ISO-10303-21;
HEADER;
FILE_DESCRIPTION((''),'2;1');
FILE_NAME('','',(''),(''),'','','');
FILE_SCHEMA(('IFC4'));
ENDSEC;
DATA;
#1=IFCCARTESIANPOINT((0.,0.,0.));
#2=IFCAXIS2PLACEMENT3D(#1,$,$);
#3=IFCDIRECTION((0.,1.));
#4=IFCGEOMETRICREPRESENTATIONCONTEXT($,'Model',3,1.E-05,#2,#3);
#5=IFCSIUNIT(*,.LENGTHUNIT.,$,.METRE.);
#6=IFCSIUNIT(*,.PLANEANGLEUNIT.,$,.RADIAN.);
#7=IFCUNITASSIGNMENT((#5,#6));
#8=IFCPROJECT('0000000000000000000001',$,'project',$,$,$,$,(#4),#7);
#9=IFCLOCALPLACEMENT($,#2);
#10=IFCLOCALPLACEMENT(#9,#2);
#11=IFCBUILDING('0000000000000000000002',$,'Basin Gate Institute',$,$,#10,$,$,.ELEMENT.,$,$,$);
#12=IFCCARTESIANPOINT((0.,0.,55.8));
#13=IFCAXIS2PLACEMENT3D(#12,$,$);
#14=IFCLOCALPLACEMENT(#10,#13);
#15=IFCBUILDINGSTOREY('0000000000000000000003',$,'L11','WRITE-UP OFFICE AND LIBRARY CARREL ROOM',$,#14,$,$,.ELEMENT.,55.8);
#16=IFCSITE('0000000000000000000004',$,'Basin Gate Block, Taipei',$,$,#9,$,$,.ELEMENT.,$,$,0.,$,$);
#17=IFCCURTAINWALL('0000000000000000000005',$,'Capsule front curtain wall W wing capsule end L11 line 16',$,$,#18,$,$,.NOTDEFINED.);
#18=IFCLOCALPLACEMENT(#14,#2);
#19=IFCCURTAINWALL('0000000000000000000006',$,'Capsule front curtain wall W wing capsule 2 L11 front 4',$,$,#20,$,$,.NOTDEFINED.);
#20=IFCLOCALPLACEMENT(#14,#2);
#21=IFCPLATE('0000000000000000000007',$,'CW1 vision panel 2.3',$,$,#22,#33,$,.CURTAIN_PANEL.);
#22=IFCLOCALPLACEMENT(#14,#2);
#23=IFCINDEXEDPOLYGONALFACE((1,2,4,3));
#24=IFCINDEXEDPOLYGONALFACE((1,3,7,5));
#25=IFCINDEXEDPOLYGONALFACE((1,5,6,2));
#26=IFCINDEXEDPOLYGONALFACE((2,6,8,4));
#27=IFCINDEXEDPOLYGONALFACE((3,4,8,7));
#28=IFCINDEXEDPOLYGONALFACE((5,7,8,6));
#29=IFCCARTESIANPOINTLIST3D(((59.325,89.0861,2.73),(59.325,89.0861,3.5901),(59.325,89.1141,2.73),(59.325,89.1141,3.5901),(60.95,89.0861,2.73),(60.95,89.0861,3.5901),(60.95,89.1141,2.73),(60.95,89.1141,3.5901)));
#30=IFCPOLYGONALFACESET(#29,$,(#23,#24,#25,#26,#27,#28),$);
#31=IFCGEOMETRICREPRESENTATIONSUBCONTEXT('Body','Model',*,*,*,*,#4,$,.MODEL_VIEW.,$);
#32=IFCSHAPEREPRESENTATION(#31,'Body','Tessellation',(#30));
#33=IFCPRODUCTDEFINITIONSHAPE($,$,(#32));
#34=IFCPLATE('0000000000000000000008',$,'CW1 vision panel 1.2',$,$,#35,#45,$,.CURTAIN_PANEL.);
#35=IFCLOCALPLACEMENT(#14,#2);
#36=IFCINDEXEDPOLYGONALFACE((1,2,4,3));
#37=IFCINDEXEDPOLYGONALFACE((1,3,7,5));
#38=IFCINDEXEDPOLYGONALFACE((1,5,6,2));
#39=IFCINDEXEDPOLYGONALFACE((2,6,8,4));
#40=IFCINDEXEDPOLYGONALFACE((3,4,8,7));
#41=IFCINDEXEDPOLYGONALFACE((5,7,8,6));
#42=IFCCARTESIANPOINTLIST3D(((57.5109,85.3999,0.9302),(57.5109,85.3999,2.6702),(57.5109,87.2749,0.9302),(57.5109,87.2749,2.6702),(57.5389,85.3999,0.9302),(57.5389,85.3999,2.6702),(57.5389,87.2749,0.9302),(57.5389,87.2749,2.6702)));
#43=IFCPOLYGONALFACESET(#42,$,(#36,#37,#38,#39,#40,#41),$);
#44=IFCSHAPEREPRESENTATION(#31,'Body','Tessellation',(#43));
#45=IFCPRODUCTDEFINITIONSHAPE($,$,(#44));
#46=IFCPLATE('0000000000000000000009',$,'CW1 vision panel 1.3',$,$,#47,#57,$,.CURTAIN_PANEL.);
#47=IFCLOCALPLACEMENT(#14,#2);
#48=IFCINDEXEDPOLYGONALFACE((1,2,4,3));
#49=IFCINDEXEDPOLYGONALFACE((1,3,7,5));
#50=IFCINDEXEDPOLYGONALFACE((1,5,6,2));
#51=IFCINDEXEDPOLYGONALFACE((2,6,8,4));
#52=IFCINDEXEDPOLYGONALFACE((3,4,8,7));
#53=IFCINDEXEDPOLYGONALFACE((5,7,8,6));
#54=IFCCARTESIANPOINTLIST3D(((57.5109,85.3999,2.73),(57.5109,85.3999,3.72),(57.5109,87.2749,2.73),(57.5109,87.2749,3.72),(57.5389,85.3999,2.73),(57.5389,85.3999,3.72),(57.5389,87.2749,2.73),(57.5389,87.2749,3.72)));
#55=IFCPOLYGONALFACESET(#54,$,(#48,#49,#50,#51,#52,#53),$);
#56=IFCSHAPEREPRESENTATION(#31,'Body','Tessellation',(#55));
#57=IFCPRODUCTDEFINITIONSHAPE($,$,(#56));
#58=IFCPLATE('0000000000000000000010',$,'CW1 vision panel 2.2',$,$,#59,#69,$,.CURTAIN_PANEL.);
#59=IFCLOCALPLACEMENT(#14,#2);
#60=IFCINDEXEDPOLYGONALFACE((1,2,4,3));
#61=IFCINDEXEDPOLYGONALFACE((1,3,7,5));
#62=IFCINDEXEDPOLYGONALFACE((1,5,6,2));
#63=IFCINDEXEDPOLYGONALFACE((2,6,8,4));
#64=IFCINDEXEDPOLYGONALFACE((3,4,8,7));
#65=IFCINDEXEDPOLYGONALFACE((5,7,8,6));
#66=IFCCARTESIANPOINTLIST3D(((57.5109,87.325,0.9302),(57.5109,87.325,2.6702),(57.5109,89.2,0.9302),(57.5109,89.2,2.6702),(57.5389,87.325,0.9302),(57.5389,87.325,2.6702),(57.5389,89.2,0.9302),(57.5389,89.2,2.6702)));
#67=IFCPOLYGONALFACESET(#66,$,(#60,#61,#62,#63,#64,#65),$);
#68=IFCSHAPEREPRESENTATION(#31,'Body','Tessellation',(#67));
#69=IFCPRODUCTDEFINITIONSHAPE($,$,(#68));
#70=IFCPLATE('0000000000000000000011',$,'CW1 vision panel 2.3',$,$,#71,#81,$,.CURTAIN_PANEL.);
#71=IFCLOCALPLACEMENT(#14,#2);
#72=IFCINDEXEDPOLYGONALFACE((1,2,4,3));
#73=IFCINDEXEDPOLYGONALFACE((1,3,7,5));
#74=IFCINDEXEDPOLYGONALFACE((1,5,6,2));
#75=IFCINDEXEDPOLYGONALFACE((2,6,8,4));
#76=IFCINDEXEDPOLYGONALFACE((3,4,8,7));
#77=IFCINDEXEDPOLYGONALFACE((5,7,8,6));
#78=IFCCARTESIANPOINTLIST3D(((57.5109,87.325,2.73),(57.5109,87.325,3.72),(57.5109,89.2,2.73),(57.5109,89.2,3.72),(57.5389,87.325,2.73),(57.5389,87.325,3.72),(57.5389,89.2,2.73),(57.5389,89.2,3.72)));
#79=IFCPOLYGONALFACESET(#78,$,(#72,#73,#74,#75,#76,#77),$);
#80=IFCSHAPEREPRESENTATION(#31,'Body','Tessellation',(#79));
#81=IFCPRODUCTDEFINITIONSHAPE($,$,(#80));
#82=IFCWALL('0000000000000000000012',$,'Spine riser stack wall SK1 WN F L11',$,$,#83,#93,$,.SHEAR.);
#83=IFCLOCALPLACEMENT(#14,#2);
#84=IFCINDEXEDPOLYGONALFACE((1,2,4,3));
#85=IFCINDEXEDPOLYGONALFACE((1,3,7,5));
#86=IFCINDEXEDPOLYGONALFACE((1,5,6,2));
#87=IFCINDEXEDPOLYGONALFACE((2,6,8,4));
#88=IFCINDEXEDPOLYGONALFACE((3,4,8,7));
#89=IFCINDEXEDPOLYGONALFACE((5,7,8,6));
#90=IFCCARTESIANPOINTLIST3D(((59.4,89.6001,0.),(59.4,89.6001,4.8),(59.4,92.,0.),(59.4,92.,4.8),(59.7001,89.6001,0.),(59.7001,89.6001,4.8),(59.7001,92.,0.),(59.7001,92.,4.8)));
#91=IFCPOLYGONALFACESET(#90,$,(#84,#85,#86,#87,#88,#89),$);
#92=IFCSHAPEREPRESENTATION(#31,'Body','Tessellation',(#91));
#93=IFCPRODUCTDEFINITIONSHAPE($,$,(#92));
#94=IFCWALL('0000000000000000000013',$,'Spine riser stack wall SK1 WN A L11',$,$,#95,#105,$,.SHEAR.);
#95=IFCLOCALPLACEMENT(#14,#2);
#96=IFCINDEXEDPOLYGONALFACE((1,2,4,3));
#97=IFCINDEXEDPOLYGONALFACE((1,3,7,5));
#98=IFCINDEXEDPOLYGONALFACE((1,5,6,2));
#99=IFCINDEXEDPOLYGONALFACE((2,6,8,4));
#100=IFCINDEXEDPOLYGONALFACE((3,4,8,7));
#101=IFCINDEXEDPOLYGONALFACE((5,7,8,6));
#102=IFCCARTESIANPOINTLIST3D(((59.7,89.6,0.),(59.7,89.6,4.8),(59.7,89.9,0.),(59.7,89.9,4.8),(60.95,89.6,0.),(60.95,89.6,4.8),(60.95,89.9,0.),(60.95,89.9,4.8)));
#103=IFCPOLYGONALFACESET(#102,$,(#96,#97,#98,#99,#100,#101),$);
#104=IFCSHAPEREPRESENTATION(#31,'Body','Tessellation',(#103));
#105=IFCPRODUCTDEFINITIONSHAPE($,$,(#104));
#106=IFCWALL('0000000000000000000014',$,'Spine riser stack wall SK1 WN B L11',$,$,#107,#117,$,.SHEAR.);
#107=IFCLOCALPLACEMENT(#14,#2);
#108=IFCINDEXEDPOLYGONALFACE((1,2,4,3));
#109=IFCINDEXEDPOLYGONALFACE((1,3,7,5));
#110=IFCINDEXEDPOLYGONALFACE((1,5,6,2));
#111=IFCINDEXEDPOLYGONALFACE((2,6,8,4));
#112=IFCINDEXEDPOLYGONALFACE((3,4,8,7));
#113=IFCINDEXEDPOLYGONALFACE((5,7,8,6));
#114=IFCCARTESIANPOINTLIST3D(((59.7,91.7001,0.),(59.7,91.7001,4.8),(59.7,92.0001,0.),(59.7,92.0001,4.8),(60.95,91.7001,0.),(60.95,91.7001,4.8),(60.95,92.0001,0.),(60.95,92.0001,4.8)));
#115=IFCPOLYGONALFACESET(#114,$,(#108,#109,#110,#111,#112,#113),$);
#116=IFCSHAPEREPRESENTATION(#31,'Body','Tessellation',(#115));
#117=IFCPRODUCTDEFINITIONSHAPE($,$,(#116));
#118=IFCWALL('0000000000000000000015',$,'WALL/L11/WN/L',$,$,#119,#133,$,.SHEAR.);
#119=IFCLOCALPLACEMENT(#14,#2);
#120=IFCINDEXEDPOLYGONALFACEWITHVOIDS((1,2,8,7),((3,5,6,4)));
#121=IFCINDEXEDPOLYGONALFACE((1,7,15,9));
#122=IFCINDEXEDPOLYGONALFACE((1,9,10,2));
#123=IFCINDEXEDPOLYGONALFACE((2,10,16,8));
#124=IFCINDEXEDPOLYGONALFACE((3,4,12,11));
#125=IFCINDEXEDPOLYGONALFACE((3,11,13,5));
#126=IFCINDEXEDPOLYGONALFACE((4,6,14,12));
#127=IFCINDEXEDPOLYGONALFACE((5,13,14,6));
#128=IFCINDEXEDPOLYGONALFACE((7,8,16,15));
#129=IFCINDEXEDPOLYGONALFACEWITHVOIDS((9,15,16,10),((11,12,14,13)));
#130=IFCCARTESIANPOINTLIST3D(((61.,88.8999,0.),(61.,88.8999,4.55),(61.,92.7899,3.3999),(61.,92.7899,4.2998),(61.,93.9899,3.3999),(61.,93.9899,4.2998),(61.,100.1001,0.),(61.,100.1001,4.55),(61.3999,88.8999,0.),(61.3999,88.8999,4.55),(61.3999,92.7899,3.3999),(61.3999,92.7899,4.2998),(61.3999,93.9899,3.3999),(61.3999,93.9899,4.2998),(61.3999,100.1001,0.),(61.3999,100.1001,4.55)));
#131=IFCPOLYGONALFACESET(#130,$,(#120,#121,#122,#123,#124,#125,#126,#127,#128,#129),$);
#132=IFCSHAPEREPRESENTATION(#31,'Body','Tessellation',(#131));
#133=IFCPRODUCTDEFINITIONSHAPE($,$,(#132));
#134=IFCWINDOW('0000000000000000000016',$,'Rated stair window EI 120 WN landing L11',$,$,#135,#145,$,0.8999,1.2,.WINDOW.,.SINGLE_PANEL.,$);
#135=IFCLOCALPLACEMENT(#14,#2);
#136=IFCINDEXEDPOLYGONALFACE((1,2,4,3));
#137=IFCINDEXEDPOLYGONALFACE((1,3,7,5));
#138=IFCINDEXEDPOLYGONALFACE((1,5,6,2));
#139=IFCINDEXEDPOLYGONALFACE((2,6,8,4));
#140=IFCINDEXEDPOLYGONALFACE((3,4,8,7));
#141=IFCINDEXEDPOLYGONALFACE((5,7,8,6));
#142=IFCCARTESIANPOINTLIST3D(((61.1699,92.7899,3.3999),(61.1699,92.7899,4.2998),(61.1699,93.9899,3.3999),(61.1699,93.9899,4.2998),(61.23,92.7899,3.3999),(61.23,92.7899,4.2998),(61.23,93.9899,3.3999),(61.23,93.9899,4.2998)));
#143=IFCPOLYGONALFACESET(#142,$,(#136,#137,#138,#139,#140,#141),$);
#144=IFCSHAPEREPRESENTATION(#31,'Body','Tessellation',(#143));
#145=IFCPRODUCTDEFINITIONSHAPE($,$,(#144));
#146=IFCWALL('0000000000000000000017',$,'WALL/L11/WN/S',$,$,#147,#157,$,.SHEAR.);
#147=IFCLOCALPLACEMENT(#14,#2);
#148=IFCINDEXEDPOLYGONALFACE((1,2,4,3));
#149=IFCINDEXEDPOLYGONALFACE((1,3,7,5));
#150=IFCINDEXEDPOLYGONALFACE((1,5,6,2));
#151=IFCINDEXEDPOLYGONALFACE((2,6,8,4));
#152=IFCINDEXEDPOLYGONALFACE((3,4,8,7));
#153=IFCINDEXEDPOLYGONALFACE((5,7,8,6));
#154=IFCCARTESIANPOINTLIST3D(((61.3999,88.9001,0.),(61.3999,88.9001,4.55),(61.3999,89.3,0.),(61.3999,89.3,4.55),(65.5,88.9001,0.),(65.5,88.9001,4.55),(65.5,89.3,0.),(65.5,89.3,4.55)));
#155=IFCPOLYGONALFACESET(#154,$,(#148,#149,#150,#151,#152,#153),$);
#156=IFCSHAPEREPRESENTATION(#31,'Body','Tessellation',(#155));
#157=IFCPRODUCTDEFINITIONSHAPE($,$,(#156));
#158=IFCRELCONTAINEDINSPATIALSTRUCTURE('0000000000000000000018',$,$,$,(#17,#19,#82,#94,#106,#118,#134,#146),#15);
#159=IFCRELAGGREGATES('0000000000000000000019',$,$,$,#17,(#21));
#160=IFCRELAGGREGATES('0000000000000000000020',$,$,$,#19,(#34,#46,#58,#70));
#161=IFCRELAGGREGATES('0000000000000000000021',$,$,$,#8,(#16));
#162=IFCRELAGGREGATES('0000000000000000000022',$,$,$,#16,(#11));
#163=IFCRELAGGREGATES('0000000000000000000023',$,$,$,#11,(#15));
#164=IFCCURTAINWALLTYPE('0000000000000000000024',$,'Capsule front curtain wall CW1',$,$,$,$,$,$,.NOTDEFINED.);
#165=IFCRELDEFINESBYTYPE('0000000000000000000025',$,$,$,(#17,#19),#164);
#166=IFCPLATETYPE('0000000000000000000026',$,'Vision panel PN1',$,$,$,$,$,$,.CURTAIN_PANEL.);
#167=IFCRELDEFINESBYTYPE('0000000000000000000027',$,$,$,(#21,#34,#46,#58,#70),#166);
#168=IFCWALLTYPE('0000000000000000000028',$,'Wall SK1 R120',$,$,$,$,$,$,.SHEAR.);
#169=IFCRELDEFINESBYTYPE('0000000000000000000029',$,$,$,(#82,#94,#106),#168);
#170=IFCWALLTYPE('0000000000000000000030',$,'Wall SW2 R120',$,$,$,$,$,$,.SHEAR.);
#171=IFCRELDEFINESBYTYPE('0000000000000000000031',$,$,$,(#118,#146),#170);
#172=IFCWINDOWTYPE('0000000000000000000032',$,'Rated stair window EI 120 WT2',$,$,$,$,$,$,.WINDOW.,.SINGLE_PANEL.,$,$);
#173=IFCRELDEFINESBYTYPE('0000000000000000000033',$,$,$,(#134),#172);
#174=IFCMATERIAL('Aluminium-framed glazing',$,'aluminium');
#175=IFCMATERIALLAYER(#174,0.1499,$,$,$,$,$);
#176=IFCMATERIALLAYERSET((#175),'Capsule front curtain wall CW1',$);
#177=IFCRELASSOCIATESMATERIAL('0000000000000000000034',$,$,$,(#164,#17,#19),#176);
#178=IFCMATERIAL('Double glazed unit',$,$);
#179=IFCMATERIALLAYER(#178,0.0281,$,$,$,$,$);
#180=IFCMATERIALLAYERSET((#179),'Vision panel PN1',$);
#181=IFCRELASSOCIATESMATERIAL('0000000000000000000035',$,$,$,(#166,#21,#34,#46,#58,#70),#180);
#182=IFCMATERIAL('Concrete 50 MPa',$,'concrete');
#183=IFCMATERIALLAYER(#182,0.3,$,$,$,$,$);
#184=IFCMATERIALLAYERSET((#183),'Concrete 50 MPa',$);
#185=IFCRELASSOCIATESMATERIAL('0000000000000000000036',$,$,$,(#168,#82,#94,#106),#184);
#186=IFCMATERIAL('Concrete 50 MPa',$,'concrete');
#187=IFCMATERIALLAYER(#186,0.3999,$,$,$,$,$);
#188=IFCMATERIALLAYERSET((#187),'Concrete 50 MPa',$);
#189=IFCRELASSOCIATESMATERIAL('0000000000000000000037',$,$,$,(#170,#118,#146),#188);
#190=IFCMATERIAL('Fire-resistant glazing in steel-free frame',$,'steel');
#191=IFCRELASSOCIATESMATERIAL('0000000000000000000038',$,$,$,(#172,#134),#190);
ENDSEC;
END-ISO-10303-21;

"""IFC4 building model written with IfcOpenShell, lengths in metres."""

from ifc_helpers import new_model, si_unit, direction, frame, frame_2d, origin, origin_2d, place, context, subcontext, project, spatial, rectangle, extrude, material, layer, layer_set, type_object, element, fill, aggregate, save


model = new_model("IFC4")

# Units and contexts
model_context = context("Model", 3, precision=1e-05, world=origin(), true_north=direction((0.0, 1.0)))
body_context = subcontext(model_context, "Body", "Model", "MODEL_VIEW")
ifc_project = project(units=[si_unit("LENGTHUNIT", "METRE"), si_unit("PLANEANGLEUNIT", "RADIAN")], contexts=[model_context])

# Site, building, storey
site_placement = place(None, origin())
site = spatial("IfcSite", under=ifc_project, at=site_placement, Name="Basin Gate Block, Taipei", CompositionType="ELEMENT", RefElevation=0.0)
building_placement = place(site_placement, origin())
building = spatial("IfcBuilding", under=site, at=building_placement, Name="Basin Gate Institute", CompositionType="ELEMENT")
storey_placement = place(building_placement, frame((0.0, 0.0, 55.8)))
storey = spatial("IfcBuildingStorey", under=building, at=storey_placement, Name="L11", Description="WRITE-UP OFFICE AND LIBRARY CARREL ROOM", CompositionType="ELEMENT", Elevation=55.8)

# Curtain walls
ifc_material_1 = material(Name="Aluminium-framed glazing", Category="aluminium")
ifc_layer_1 = layer(ifc_material_1, 0.1499)
ifc_layer_set_1 = layer_set([ifc_layer_1], Name="Capsule front curtain wall CW1")
curtain_wall_type = type_object("IfcCurtainWallType", Name="Capsule front curtain wall CW1", PredefinedType="NOTDEFINED", material=ifc_layer_set_1)
curtain_wall_1_placement = place(storey_placement, origin())
curtain_wall_1 = element("IfcCurtainWall", 1, at=curtain_wall_1_placement, inside=storey, type_object=curtain_wall_type, material=ifc_layer_set_1, Name="Capsule front curtain wall W wing capsule end L11 line 16", PredefinedType="NOTDEFINED")
curtain_wall_2_placement = place(storey_placement, origin())
curtain_wall_2 = element("IfcCurtainWall", 2, at=curtain_wall_2_placement, inside=storey, type_object=curtain_wall_type, material=ifc_layer_set_1, Name="Capsule front curtain wall W wing capsule 2 L11 front 4", PredefinedType="NOTDEFINED")

# Plates
ifc_material_2 = material(Name="Double glazed unit")
ifc_layer_2 = layer(ifc_material_2, 0.0281)
ifc_layer_set_2 = layer_set([ifc_layer_2], Name="Vision panel PN1")
plate_type_1 = type_object("IfcPlateType", Name="Vision panel PN1", PredefinedType="CURTAIN_PANEL", material=ifc_layer_set_2)
plate_1_placement = place(storey_placement, frame((60.1375, 89.1001, 2.73), z_axis=(0.0, 0.0, 1.0), x_axis=(1.0, 0.0, 0.0)))
plate_1 = element("IfcPlate", 3, at=plate_1_placement, type_object=plate_type_1, material=ifc_layer_set_2, Name="CW1 vision panel 2.3", PredefinedType="CURTAIN_PANEL", context=body_context, shape_type="SweptSolid", body=[
    extrude(rectangle(XDim=1.625, YDim=0.0281, at=origin_2d()), origin(), (0.0, 0.0, 1.0), 0.8601),
])
aggregate(curtain_wall_1, [plate_1])
plate_2_placement = place(storey_placement, frame((57.5249, 86.3374, 0.9302), z_axis=(0.0, 0.0, 1.0), x_axis=(0.0, 1.0, 0.0)))
plate_2 = element("IfcPlate", 4, at=plate_2_placement, type_object=plate_type_1, material=ifc_layer_set_2, Name="CW1 vision panel 1.2", PredefinedType="CURTAIN_PANEL", context=body_context, shape_type="SweptSolid", body=[
    extrude(rectangle(XDim=1.875, YDim=0.0281, at=origin_2d()), origin(), (0.0, 0.0, 1.0), 1.74),
])
plate_3_placement = place(storey_placement, frame((57.5249, 86.3374, 2.73), z_axis=(0.0, 0.0, 1.0), x_axis=(0.0, 1.0, 0.0)))
plate_3 = element("IfcPlate", 5, at=plate_3_placement, type_object=plate_type_1, material=ifc_layer_set_2, Name="CW1 vision panel 1.3", PredefinedType="CURTAIN_PANEL", context=body_context, shape_type="SweptSolid", body=[
    extrude(rectangle(XDim=1.875, YDim=0.0281, at=origin_2d()), origin(), (0.0, 0.0, 1.0), 0.99),
])
plate_4_placement = place(storey_placement, frame((57.5249, 88.2625, 0.9302), z_axis=(0.0, 0.0, 1.0), x_axis=(0.0, 1.0, 0.0)))
plate_4 = element("IfcPlate", 6, at=plate_4_placement, type_object=plate_type_1, material=ifc_layer_set_2, Name="CW1 vision panel 2.2", PredefinedType="CURTAIN_PANEL", context=body_context, shape_type="SweptSolid", body=[
    extrude(rectangle(XDim=1.875, YDim=0.0281, at=origin_2d()), origin(), (0.0, 0.0, 1.0), 1.74),
])
plate_5_placement = place(storey_placement, frame((57.5249, 88.2625, 2.73), z_axis=(0.0, 0.0, 1.0), x_axis=(0.0, 1.0, 0.0)))
plate_5 = element("IfcPlate", 7, at=plate_5_placement, type_object=plate_type_1, material=ifc_layer_set_2, Name="CW1 vision panel 2.3", PredefinedType="CURTAIN_PANEL", context=body_context, shape_type="SweptSolid", body=[
    extrude(rectangle(XDim=1.875, YDim=0.0281, at=origin_2d()), origin(), (0.0, 0.0, 1.0), 0.99),
])
aggregate(curtain_wall_2, [plate_2, plate_3, plate_4, plate_5])

# Walls
ifc_material_3 = material(Name="Concrete 50 MPa", Category="concrete")
ifc_layer_3 = layer(ifc_material_3, 0.3)
ifc_layer_set_3 = layer_set([ifc_layer_3], Name="Concrete 50 MPa")
wall_type_1 = type_object("IfcWallType", Name="Wall SK1 R120", PredefinedType="SHEAR", material=ifc_layer_set_3)
wall_1_placement = place(storey_placement, frame((59.55, 89.6001, 0.0), z_axis=(0.0, 0.0, 1.0), x_axis=(0.0, 1.0, 0.0)))
element("IfcWall", 8, at=wall_1_placement, inside=storey, type_object=wall_type_1, material=ifc_layer_set_3, Name="Spine riser stack wall SK1 WN F L11", PredefinedType="SHEAR", context=body_context, shape_type="SweptSolid", body=[
    extrude(rectangle(XDim=2.3999, YDim=0.3, at=frame_2d((1.2, 0.0))), origin(), (0.0, 0.0, 1.0), 4.8),
])
for number, where, z_axis, x_axis, name in (
    (9, (60.95, 89.75, 0.0), (0.0, 0.0, 1.0), (-1.0, 0.0, 0.0), "Spine riser stack wall SK1 WN A L11"),
    (10, (60.95, 91.8501, 0.0), (0.0, 0.0, 1.0), (-1.0, 0.0, 0.0), "Spine riser stack wall SK1 WN B L11"),
):
    element("IfcWall", number, at=place(storey_placement, frame(where, z_axis=z_axis, x_axis=x_axis)), inside=storey, type_object=wall_type_1, material=ifc_layer_set_3, Name=name, PredefinedType="SHEAR", context=body_context, shape_type="SweptSolid", body=[
        extrude(rectangle(XDim=1.25, YDim=0.3, at=frame_2d((0.625, 0.0))), origin(), (0.0, 0.0, 1.0), 4.8),
    ])

# Wall, opening, window
ifc_material_4 = material(Name="Concrete 50 MPa", Category="concrete")
ifc_layer_4 = layer(ifc_material_4, 0.3999)
ifc_layer_set_4 = layer_set([ifc_layer_4], Name="Concrete 50 MPa")
wall_type_2 = type_object("IfcWallType", Name="Wall SW2 R120", PredefinedType="SHEAR", material=ifc_layer_set_4)
wall_2_placement = place(storey_placement, frame((61.2, 88.8999, 0.0), z_axis=(0.0, 0.0, 1.0), x_axis=(0.0, 1.0, 0.0)))
wall_2 = element("IfcWall", 11, at=wall_2_placement, inside=storey, type_object=wall_type_2, material=ifc_layer_set_4, Name="WALL/L11/WN/L", PredefinedType="SHEAR", context=body_context, shape_type="SweptSolid", body=[
    extrude(rectangle(XDim=11.2002, YDim=0.3999, at=frame_2d((5.6001, 0.0))), origin(), (0.0, 0.0, 1.0), 4.55),
])
opening_placement = place(wall_2_placement, frame((3.8899, 0.0, 3.3999)))
opening = element("IfcOpeningElement", 12, at=opening_placement, cuts=wall_2, PredefinedType="OPENING", context=body_context, shape_type="SweptSolid", body=[
    extrude(rectangle(XDim=1.2, YDim=0.8999, at=frame_2d((0.6001, 0.45))), frame((0.0, 0.21, 0.0), z_axis=(0.0, -1.0, 0.0), x_axis=(1.0, 0.0, 0.0)), (0.0, 0.0, 1.0), 0.4199),
])
ifc_material_5 = material(Name="Fire-resistant glazing in steel-free frame", Category="steel")
window_type = type_object("IfcWindowType", Name="Rated stair window EI 120 WT2", PartitioningType="SINGLE_PANEL", PredefinedType="WINDOW", material=ifc_material_5)
window_placement = place(opening_placement, origin())
window = element("IfcWindow", 13, at=window_placement, inside=storey, type_object=window_type, material=ifc_material_5, Name="Rated stair window EI 120 WN landing L11", OverallHeight=0.8999, OverallWidth=1.2, PartitioningType="SINGLE_PANEL", PredefinedType="WINDOW", context=body_context, shape_type="SweptSolid", body=[
    extrude(rectangle(XDim=1.2, YDim=0.8999, at=frame_2d((0.6001, 0.45))), frame((0.0, 0.03, 0.0), z_axis=(0.0, -1.0, 0.0), x_axis=(1.0, 0.0, 0.0)), (0.0, 0.0, 1.0), 0.0601),
])
fill(opening, window)

# Wall
wall_3_placement = place(storey_placement, frame((61.3999, 89.1001, 0.0), z_axis=(0.0, 0.0, 1.0), x_axis=(1.0, 0.0, 0.0)))
element("IfcWall", 14, at=wall_3_placement, inside=storey, type_object=wall_type_2, material=ifc_layer_set_4, Name="WALL/L11/WN/S", PredefinedType="SHEAR", context=body_context, shape_type="SweptSolid", body=[
    extrude(rectangle(XDim=4.1001, YDim=0.3999, at=frame_2d((2.05, 0.0))), origin(), (0.0, 0.0, 1.0), 4.55),
])

save(model, "model.ifc")
